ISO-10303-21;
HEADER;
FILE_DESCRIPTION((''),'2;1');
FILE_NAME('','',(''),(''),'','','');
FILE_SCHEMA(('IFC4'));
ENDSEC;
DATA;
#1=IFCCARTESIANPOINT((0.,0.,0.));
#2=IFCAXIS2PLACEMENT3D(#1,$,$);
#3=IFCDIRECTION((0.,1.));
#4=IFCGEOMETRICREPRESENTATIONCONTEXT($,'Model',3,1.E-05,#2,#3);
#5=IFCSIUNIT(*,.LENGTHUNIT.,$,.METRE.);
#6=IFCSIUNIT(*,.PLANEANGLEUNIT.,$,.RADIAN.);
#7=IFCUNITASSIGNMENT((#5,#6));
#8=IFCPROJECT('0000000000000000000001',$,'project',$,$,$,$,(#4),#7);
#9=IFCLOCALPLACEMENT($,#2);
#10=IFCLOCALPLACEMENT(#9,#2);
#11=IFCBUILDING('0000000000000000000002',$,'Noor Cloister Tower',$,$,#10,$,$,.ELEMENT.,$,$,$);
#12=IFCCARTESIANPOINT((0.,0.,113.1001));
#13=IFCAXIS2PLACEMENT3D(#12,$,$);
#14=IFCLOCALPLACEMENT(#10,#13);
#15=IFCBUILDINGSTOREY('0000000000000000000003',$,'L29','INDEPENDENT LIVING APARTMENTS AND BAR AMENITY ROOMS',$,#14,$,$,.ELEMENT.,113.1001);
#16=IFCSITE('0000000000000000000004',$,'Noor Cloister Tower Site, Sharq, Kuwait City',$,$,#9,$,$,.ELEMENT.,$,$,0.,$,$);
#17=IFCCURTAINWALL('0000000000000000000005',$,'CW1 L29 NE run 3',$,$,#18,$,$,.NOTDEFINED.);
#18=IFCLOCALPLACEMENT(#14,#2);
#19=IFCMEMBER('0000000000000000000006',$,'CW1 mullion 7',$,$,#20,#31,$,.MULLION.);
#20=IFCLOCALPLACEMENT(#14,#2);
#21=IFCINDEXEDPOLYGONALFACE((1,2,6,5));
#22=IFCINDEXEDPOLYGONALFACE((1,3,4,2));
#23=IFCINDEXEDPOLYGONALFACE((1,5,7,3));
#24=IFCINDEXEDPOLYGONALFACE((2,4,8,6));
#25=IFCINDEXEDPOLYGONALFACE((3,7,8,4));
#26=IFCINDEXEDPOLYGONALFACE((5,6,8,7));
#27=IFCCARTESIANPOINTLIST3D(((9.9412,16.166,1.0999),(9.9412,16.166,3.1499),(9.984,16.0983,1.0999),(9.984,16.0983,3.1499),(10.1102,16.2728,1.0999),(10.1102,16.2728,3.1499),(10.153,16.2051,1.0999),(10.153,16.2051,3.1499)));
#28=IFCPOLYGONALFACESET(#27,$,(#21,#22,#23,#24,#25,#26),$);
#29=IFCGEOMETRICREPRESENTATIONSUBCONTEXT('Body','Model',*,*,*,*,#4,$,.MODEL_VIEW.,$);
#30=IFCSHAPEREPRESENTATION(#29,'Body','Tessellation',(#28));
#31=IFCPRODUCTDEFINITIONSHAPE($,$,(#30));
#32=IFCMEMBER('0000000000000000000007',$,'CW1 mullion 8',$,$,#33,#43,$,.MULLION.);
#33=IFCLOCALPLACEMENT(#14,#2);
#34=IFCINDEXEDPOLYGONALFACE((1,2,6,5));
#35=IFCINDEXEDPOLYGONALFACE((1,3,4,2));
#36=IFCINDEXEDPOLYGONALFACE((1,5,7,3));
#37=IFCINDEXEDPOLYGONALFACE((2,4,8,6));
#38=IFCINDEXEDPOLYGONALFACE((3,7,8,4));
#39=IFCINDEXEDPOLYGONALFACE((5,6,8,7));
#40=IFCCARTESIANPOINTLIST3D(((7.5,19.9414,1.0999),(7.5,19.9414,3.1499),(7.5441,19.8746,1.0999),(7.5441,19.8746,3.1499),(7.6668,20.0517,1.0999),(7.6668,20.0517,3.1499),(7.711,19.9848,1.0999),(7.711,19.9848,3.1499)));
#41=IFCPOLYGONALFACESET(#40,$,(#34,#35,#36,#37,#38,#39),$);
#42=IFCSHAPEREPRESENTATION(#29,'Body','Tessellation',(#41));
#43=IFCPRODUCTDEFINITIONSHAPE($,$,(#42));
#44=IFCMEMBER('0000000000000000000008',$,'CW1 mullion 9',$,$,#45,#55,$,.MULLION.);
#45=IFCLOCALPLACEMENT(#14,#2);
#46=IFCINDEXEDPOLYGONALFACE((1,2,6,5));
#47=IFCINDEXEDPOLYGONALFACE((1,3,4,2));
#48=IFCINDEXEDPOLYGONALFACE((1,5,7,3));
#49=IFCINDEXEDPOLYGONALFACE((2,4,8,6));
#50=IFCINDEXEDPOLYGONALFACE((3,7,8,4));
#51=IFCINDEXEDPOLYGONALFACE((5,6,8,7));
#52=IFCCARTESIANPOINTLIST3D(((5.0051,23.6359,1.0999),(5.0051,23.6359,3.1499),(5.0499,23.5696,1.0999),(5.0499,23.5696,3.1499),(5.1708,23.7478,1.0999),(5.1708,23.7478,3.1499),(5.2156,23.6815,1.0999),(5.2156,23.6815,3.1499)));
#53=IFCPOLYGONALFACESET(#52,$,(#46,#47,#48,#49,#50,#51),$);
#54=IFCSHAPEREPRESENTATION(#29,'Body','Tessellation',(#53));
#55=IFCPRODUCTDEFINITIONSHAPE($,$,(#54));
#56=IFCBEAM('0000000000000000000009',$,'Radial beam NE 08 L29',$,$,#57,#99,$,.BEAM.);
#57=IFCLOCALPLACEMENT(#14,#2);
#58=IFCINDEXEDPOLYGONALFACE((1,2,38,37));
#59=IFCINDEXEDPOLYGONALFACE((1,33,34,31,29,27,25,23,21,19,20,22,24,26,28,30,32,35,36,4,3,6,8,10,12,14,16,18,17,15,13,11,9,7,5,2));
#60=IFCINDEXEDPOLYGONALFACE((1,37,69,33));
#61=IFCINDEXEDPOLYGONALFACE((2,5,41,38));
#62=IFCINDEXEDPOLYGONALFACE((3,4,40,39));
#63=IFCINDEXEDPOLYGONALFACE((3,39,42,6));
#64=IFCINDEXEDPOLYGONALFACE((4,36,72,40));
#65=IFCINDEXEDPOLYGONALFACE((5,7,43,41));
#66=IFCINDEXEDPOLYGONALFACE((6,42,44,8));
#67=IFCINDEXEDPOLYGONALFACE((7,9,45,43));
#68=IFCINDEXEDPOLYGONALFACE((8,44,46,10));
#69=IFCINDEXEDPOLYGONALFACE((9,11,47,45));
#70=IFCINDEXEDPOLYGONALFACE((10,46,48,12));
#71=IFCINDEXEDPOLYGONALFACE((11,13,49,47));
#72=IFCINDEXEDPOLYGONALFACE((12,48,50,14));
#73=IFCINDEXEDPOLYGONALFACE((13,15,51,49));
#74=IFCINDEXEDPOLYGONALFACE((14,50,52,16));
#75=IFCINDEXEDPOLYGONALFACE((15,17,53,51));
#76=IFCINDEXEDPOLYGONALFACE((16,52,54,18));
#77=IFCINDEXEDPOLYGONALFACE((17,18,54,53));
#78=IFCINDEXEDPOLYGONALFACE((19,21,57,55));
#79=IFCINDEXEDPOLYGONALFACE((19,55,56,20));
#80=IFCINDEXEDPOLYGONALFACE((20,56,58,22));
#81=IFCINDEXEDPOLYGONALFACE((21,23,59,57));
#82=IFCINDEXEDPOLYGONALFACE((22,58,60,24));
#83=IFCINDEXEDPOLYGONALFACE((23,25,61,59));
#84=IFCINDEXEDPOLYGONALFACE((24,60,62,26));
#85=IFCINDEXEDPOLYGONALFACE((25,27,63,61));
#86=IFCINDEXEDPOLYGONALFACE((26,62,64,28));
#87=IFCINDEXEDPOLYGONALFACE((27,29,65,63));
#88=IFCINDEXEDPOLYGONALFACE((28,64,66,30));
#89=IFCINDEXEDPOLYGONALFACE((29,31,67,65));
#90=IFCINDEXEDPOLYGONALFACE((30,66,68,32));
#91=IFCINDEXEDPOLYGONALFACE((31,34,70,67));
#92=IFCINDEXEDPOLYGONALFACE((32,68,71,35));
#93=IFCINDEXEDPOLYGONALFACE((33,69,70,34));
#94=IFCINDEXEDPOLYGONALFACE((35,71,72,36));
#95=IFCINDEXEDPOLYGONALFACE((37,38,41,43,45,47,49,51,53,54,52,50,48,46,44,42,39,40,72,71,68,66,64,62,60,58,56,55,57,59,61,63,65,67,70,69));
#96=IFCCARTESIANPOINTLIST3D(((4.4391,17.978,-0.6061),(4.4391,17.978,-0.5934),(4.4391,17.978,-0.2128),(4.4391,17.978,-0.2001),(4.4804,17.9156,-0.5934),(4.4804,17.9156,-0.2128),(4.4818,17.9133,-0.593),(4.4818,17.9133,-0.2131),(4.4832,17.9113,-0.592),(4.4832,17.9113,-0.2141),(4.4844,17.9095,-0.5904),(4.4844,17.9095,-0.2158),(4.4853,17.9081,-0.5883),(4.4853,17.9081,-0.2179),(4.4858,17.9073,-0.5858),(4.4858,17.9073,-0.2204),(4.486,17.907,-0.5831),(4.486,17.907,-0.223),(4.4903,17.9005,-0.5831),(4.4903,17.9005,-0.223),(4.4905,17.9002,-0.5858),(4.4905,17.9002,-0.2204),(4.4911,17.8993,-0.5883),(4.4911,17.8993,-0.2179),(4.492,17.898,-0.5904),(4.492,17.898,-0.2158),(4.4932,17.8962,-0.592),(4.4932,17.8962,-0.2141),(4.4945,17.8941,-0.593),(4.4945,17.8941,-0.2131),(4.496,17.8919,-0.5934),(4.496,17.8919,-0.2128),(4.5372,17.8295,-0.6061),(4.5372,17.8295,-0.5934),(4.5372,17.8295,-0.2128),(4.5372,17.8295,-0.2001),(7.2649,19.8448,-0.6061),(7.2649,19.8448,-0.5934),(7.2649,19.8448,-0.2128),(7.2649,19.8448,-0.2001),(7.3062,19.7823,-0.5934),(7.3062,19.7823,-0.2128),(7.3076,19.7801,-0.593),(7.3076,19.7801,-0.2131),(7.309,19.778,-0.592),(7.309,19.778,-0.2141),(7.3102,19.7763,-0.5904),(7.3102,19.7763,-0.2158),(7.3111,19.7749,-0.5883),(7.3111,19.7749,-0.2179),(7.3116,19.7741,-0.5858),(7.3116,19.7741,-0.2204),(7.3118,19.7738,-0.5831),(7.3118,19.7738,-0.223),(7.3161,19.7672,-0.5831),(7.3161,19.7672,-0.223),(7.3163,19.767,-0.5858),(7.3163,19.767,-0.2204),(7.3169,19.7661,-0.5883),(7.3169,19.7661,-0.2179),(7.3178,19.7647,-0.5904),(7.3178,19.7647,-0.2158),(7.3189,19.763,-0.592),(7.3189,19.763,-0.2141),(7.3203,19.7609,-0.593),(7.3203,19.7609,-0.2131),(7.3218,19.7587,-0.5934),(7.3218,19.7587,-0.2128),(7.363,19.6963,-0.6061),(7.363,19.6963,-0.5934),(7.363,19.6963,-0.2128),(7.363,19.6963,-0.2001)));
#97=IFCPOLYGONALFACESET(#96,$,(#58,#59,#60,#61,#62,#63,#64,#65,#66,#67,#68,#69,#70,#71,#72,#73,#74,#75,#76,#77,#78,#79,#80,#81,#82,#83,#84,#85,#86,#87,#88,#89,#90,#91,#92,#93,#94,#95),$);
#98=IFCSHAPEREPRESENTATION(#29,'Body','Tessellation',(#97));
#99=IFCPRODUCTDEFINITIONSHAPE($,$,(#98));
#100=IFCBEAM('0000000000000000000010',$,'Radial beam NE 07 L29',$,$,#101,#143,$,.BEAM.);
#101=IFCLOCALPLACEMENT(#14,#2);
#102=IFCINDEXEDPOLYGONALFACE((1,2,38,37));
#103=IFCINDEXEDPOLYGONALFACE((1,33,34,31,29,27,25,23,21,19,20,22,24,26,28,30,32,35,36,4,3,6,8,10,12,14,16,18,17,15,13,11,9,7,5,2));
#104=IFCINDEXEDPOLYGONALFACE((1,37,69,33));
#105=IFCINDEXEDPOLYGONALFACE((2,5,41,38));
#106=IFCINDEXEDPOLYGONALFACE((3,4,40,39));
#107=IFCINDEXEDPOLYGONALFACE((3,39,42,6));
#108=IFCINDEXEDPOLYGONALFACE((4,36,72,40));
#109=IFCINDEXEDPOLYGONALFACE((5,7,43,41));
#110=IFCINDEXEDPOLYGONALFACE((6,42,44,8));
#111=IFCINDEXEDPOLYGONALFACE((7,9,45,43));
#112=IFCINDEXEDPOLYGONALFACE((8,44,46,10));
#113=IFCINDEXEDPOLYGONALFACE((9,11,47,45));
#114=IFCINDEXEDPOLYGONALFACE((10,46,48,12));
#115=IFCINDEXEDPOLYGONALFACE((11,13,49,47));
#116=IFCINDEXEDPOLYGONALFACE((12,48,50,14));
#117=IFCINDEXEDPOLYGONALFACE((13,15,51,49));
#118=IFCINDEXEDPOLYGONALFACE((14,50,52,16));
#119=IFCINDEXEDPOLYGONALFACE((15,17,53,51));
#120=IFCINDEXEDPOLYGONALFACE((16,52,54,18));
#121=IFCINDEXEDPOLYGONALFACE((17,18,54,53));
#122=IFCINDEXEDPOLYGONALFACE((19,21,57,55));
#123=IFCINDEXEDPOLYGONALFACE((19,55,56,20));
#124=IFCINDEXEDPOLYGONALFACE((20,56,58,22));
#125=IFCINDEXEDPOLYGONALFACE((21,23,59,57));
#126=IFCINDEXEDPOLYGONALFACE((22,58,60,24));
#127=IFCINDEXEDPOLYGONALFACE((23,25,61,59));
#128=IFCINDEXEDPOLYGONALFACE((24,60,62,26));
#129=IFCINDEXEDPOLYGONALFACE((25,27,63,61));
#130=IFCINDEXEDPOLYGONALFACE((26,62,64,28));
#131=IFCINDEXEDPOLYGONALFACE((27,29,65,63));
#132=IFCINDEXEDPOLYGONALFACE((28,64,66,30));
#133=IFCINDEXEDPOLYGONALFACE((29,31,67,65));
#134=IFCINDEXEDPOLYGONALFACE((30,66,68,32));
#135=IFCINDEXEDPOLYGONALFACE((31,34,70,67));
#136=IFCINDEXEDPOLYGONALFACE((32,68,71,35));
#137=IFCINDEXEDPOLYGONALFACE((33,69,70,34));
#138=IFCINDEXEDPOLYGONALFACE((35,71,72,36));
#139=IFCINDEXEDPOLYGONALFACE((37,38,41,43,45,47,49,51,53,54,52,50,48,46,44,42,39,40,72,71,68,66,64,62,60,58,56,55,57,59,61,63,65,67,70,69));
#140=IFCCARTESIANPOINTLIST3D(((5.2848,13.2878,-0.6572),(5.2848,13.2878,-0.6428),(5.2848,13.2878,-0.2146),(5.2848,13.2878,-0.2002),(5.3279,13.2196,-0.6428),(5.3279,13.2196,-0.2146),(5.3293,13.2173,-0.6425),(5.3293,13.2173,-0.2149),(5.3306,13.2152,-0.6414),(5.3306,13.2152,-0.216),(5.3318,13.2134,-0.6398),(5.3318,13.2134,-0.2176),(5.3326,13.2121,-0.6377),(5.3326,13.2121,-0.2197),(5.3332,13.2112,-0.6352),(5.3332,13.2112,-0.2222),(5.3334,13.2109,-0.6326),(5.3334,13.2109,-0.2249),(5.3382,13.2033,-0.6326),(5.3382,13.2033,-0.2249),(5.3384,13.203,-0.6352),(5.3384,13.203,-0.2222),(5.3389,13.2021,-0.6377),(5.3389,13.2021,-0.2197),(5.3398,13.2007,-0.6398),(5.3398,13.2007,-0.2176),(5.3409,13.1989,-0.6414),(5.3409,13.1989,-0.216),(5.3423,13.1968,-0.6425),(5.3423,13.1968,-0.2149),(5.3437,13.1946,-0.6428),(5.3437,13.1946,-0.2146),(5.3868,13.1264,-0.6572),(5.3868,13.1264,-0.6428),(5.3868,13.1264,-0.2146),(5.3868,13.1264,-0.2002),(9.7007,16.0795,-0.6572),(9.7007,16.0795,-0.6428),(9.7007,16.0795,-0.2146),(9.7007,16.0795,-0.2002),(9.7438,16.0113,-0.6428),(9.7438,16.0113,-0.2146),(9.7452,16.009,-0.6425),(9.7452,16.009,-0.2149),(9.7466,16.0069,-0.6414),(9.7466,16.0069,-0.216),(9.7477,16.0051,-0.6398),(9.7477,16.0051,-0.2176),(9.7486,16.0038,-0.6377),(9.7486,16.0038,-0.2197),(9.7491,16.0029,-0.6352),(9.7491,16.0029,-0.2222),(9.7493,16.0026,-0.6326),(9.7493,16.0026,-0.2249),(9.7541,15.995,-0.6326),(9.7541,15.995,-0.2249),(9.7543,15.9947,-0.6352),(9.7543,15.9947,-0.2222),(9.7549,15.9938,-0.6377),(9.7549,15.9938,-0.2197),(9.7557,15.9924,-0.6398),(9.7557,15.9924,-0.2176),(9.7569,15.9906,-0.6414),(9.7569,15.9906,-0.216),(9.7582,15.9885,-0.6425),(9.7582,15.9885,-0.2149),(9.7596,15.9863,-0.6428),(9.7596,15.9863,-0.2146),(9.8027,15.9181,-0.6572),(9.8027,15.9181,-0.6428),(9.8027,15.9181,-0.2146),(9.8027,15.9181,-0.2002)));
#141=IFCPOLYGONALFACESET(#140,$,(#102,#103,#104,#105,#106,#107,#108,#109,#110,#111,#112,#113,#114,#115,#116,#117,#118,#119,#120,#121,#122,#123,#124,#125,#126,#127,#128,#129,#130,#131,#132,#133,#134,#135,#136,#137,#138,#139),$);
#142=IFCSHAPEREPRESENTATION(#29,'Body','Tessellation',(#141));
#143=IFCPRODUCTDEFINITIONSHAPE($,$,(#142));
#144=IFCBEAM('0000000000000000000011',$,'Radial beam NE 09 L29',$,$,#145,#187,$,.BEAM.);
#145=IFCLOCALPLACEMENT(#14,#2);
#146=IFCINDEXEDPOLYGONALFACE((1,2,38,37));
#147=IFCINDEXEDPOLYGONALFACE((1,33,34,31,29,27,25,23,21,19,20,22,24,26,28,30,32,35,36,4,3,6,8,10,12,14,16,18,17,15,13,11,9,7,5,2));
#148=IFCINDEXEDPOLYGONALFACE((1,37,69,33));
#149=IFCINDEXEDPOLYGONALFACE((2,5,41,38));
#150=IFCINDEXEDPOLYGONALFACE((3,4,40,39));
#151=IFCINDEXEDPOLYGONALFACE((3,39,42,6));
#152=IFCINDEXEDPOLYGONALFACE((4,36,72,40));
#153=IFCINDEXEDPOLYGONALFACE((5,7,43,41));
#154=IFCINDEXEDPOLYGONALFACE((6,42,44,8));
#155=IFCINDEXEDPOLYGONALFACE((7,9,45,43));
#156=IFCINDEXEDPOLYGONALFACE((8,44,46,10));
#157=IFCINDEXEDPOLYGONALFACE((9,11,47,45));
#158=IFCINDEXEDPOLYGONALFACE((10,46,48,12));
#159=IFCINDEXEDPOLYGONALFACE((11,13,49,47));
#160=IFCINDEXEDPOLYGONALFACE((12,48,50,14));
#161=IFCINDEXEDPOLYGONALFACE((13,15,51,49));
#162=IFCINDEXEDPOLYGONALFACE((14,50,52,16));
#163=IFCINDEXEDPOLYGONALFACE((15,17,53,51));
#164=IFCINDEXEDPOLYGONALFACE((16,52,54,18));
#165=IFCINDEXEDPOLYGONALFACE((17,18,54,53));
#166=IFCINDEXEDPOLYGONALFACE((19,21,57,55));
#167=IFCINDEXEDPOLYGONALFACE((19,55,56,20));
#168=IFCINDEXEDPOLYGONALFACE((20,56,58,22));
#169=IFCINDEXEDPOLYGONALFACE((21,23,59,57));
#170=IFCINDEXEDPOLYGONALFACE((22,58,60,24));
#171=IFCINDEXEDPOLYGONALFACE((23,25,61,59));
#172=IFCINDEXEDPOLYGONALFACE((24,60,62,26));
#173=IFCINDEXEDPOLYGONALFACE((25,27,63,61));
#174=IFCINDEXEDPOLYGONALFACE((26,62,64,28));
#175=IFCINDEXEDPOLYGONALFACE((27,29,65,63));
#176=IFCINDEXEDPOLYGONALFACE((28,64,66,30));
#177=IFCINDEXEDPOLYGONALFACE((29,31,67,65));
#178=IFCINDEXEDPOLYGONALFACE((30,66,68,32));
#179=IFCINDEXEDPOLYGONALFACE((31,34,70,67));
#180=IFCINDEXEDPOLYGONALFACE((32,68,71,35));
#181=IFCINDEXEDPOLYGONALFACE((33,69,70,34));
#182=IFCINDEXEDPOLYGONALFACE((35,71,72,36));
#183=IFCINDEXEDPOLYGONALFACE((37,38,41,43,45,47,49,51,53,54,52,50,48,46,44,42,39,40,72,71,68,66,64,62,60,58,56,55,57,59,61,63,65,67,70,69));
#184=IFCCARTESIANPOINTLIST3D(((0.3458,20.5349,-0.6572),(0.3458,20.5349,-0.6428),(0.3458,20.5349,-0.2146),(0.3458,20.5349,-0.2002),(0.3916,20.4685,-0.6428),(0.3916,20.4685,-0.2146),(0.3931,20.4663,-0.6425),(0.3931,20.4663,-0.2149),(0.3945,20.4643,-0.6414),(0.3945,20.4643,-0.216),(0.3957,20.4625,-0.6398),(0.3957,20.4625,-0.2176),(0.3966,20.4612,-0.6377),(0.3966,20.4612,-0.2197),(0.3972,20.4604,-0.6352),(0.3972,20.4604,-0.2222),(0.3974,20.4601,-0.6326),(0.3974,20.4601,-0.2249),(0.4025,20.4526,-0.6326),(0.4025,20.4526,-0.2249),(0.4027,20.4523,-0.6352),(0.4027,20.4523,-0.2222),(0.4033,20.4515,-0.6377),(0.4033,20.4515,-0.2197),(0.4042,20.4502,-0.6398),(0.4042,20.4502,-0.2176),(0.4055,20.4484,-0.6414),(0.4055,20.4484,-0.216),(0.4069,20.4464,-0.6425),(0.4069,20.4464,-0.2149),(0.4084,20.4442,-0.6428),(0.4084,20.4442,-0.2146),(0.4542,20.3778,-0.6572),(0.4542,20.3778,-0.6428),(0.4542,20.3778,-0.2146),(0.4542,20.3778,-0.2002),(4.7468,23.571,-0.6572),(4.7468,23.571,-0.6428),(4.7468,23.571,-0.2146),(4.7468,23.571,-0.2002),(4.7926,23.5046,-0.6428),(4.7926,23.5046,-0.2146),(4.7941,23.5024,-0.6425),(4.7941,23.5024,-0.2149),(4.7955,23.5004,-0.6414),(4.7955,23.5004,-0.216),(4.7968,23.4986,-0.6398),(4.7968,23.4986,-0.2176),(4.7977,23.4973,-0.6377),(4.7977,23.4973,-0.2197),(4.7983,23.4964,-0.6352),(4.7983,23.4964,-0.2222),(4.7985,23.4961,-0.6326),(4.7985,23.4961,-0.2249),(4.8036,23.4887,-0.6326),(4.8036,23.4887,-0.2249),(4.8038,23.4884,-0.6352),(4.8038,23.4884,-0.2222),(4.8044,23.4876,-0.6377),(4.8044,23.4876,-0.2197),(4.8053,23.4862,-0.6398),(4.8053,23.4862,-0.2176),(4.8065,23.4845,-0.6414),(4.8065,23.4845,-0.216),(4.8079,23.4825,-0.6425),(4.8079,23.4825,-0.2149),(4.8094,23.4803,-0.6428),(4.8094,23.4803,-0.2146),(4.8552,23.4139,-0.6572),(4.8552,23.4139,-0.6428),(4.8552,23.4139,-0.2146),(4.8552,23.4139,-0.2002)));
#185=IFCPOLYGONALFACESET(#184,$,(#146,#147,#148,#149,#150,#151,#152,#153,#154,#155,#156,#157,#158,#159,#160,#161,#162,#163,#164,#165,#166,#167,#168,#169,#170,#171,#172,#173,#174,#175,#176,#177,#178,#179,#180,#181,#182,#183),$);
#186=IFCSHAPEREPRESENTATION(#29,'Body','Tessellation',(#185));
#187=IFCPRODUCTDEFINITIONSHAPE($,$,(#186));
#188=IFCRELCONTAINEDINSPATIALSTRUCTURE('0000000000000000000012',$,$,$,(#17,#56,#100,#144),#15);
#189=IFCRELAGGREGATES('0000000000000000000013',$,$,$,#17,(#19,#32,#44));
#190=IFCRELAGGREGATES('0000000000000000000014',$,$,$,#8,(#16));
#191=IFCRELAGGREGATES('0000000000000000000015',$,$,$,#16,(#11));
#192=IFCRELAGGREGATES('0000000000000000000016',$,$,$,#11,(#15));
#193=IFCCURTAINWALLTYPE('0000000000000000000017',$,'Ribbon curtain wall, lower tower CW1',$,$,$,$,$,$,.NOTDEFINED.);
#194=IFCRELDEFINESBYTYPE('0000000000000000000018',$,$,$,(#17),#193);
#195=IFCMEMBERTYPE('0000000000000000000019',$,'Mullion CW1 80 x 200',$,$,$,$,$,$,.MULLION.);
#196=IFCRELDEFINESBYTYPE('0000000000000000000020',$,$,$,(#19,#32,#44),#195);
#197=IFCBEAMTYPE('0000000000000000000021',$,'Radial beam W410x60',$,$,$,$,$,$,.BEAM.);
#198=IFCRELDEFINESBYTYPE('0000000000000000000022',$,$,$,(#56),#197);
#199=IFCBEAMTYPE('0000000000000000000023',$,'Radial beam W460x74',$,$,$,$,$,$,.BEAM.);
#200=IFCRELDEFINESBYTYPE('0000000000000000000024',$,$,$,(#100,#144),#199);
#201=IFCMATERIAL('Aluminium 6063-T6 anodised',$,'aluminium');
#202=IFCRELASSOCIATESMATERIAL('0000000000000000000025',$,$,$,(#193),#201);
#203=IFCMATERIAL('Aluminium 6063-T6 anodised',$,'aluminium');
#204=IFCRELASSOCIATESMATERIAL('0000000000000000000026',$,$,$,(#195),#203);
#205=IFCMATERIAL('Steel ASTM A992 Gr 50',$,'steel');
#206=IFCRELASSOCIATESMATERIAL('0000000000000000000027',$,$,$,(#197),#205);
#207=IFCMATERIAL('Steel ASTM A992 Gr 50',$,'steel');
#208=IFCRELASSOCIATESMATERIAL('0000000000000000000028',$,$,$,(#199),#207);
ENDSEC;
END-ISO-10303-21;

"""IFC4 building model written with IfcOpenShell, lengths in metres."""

from ifc_helpers import new_model, si_unit, direction, frame, origin, origin_2d, place, context, subcontext, project, spatial, rectangle, i_section, extrude, material, material_profile, profile_set, type_object, element, aggregate, save


model = new_model("IFC4")

# Units and contexts
model_context = context("Model", 3, precision=1e-05, world=origin(), true_north=direction((0.0, 1.0)))
body_context = subcontext(model_context, "Body", "Model", "MODEL_VIEW")
ifc_project = project(units=[si_unit("LENGTHUNIT", "METRE"), si_unit("PLANEANGLEUNIT", "RADIAN")], contexts=[model_context])

# Site, building, storey
site_placement = place(None, origin())
site = spatial("IfcSite", under=ifc_project, at=site_placement, Name="Noor Cloister Tower Site, Sharq, Kuwait City", CompositionType="ELEMENT", RefElevation=0.0)
building_placement = place(site_placement, origin())
building = spatial("IfcBuilding", under=site, at=building_placement, Name="Noor Cloister Tower", CompositionType="ELEMENT")
storey_placement = place(building_placement, frame((0.0, 0.0, 113.1001)))
storey = spatial("IfcBuildingStorey", under=building, at=storey_placement, Name="L29", Description="INDEPENDENT LIVING APARTMENTS AND BAR AMENITY ROOMS", CompositionType="ELEMENT", Elevation=113.1001)

# Curtain wall, members
ifc_material_1 = material(Name="Aluminium 6063-T6 anodised", Category="aluminium")
curtain_wall_type = type_object("IfcCurtainWallType", Name="Ribbon curtain wall, lower tower CW1", PredefinedType="NOTDEFINED", material=ifc_material_1)
curtain_wall_placement = place(storey_placement, origin())
curtain_wall = element("IfcCurtainWall", 1, at=curtain_wall_placement, inside=storey, type_object=curtain_wall_type, Name="CW1 L29 NE run 3", PredefinedType="NOTDEFINED")
ifc_material_2 = material(Name="Aluminium 6063-T6 anodised", Category="aluminium")
ifc_material_profile_1 = material_profile(ifc_material_2, rectangle(XDim=0.2, YDim=0.0801, at=origin_2d()), Name="200 x 80 mullion")
ifc_profile_set_1 = profile_set([ifc_material_profile_1], Name="Aluminium 6063-T6 anodised")
member_type = type_object("IfcMemberType", Name="Mullion CW1 80 x 200", PredefinedType="MULLION", material=ifc_profile_set_1)
member_1_placement = place(storey_placement, frame((10.0471, 16.1855, 1.0999), z_axis=(0.0, 0.0, 1.0), x_axis=(-0.845254, -0.534365, 0.0)))
member_1 = element("IfcMember", 2, at=member_1_placement, type_object=member_type, Name="CW1 mullion 7", PredefinedType="MULLION", context=body_context, shape_type="SweptSolid", body=[
    extrude(rectangle(XDim=0.2, YDim=0.0801, at=origin_2d()), origin(), (0.0, 0.0, 1.0), 2.05),
])
member_2_placement = place(storey_placement, frame((7.6055, 19.9631, 1.0999), z_axis=(0.0, 0.0, 1.0), x_axis=(-0.834355, -0.551228, 0.0)))
member_2 = element("IfcMember", 3, at=member_2_placement, type_object=member_type, Name="CW1 mullion 8", PredefinedType="MULLION", context=body_context, shape_type="SweptSolid", body=[
    extrude(rectangle(XDim=0.2, YDim=0.0801, at=origin_2d()), origin(), (0.0, 0.0, 1.0), 2.05),
])
member_3_placement = place(storey_placement, frame((5.1104, 23.6587, 1.0999), z_axis=(0.0, 0.0, 1.0), x_axis=(-0.828779, -0.559576, 0.0)))
member_3 = element("IfcMember", 4, at=member_3_placement, type_object=member_type, Name="CW1 mullion 9", PredefinedType="MULLION", context=body_context, shape_type="SweptSolid", body=[
    extrude(rectangle(XDim=0.2, YDim=0.0801, at=origin_2d()), origin(), (0.0, 0.0, 1.0), 2.05),
])

# Beams
ifc_material_3 = material(Name="Steel ASTM A992 Gr 50", Category="steel")
ifc_material_profile_2 = material_profile(ifc_material_3, i_section(OverallWidth=0.178, OverallDepth=0.406, WebThickness=0.0078, FlangeThickness=0.0127, FilletRadius=0.0103, at=origin_2d()), Name="W410x60")
ifc_profile_set_2 = profile_set([ifc_material_profile_2], Name="Steel ASTM A992 Gr 50")
beam_type_1 = type_object("IfcBeamType", Name="Radial beam W410x60", PredefinedType="BEAM", material=ifc_profile_set_2)
beam_1_placement = place(storey_placement, frame((7.314, 19.7705, -0.4031), z_axis=(-0.834372, -0.551202, 0.0), x_axis=(0.551202, -0.834372, 0.0)))
element("IfcBeam", 5, at=beam_1_placement, inside=storey, type_object=beam_type_1, Name="Radial beam NE 08 L29", PredefinedType="BEAM", context=body_context, shape_type="SweptSolid", body=[
    extrude(i_section(OverallWidth=0.178, OverallDepth=0.406, WebThickness=0.0078, FlangeThickness=0.0127, FilletRadius=0.0103, at=origin_2d()), origin(), (0.0, 0.0, 1.0), 3.3867),
])
ifc_material_4 = material(Name="Steel ASTM A992 Gr 50", Category="steel")
ifc_material_profile_3 = material_profile(ifc_material_4, i_section(OverallWidth=0.1909, OverallDepth=0.457, WebThickness=0.009, FlangeThickness=0.0144, FilletRadius=0.0103, at=origin_2d()), Name="W460x74")
ifc_profile_set_3 = profile_set([ifc_material_profile_3], Name="Steel ASTM A992 Gr 50")
beam_type_2 = type_object("IfcBeamType", Name="Radial beam W460x74", PredefinedType="BEAM", material=ifc_profile_set_3)
beam_2_placement = place(storey_placement, frame((9.7517, 15.9988, -0.4287), z_axis=(-0.845257, -0.53436, 0.0), x_axis=(0.53436, -0.845257, 0.0)))
element("IfcBeam", 6, at=beam_2_placement, inside=storey, type_object=beam_type_2, Name="Radial beam NE 07 L29", PredefinedType="BEAM", context=body_context, shape_type="SweptSolid", body=[
    extrude(i_section(OverallWidth=0.1909, OverallDepth=0.457, WebThickness=0.009, FlangeThickness=0.0144, FilletRadius=0.0103, at=origin_2d()), origin(), (0.0, 0.0, 1.0), 5.2244),
])
beam_3_placement = place(storey_placement, frame((4.801, 23.4924, -0.4287), z_axis=(-0.823136, -0.567844, 0.0), x_axis=(0.567844, -0.823136, 0.0)))
element("IfcBeam", 7, at=beam_3_placement, inside=storey, type_object=beam_type_2, Name="Radial beam NE 09 L29", PredefinedType="BEAM", context=body_context, shape_type="SweptSolid", body=[
    extrude(i_section(OverallWidth=0.1909, OverallDepth=0.457, WebThickness=0.009, FlangeThickness=0.0144, FilletRadius=0.0103, at=origin_2d()), origin(), (0.0, 0.0, 1.0), 5.3467),
])

aggregate(curtain_wall, [member_1, member_2, member_3])

save(model, "model.ifc")
